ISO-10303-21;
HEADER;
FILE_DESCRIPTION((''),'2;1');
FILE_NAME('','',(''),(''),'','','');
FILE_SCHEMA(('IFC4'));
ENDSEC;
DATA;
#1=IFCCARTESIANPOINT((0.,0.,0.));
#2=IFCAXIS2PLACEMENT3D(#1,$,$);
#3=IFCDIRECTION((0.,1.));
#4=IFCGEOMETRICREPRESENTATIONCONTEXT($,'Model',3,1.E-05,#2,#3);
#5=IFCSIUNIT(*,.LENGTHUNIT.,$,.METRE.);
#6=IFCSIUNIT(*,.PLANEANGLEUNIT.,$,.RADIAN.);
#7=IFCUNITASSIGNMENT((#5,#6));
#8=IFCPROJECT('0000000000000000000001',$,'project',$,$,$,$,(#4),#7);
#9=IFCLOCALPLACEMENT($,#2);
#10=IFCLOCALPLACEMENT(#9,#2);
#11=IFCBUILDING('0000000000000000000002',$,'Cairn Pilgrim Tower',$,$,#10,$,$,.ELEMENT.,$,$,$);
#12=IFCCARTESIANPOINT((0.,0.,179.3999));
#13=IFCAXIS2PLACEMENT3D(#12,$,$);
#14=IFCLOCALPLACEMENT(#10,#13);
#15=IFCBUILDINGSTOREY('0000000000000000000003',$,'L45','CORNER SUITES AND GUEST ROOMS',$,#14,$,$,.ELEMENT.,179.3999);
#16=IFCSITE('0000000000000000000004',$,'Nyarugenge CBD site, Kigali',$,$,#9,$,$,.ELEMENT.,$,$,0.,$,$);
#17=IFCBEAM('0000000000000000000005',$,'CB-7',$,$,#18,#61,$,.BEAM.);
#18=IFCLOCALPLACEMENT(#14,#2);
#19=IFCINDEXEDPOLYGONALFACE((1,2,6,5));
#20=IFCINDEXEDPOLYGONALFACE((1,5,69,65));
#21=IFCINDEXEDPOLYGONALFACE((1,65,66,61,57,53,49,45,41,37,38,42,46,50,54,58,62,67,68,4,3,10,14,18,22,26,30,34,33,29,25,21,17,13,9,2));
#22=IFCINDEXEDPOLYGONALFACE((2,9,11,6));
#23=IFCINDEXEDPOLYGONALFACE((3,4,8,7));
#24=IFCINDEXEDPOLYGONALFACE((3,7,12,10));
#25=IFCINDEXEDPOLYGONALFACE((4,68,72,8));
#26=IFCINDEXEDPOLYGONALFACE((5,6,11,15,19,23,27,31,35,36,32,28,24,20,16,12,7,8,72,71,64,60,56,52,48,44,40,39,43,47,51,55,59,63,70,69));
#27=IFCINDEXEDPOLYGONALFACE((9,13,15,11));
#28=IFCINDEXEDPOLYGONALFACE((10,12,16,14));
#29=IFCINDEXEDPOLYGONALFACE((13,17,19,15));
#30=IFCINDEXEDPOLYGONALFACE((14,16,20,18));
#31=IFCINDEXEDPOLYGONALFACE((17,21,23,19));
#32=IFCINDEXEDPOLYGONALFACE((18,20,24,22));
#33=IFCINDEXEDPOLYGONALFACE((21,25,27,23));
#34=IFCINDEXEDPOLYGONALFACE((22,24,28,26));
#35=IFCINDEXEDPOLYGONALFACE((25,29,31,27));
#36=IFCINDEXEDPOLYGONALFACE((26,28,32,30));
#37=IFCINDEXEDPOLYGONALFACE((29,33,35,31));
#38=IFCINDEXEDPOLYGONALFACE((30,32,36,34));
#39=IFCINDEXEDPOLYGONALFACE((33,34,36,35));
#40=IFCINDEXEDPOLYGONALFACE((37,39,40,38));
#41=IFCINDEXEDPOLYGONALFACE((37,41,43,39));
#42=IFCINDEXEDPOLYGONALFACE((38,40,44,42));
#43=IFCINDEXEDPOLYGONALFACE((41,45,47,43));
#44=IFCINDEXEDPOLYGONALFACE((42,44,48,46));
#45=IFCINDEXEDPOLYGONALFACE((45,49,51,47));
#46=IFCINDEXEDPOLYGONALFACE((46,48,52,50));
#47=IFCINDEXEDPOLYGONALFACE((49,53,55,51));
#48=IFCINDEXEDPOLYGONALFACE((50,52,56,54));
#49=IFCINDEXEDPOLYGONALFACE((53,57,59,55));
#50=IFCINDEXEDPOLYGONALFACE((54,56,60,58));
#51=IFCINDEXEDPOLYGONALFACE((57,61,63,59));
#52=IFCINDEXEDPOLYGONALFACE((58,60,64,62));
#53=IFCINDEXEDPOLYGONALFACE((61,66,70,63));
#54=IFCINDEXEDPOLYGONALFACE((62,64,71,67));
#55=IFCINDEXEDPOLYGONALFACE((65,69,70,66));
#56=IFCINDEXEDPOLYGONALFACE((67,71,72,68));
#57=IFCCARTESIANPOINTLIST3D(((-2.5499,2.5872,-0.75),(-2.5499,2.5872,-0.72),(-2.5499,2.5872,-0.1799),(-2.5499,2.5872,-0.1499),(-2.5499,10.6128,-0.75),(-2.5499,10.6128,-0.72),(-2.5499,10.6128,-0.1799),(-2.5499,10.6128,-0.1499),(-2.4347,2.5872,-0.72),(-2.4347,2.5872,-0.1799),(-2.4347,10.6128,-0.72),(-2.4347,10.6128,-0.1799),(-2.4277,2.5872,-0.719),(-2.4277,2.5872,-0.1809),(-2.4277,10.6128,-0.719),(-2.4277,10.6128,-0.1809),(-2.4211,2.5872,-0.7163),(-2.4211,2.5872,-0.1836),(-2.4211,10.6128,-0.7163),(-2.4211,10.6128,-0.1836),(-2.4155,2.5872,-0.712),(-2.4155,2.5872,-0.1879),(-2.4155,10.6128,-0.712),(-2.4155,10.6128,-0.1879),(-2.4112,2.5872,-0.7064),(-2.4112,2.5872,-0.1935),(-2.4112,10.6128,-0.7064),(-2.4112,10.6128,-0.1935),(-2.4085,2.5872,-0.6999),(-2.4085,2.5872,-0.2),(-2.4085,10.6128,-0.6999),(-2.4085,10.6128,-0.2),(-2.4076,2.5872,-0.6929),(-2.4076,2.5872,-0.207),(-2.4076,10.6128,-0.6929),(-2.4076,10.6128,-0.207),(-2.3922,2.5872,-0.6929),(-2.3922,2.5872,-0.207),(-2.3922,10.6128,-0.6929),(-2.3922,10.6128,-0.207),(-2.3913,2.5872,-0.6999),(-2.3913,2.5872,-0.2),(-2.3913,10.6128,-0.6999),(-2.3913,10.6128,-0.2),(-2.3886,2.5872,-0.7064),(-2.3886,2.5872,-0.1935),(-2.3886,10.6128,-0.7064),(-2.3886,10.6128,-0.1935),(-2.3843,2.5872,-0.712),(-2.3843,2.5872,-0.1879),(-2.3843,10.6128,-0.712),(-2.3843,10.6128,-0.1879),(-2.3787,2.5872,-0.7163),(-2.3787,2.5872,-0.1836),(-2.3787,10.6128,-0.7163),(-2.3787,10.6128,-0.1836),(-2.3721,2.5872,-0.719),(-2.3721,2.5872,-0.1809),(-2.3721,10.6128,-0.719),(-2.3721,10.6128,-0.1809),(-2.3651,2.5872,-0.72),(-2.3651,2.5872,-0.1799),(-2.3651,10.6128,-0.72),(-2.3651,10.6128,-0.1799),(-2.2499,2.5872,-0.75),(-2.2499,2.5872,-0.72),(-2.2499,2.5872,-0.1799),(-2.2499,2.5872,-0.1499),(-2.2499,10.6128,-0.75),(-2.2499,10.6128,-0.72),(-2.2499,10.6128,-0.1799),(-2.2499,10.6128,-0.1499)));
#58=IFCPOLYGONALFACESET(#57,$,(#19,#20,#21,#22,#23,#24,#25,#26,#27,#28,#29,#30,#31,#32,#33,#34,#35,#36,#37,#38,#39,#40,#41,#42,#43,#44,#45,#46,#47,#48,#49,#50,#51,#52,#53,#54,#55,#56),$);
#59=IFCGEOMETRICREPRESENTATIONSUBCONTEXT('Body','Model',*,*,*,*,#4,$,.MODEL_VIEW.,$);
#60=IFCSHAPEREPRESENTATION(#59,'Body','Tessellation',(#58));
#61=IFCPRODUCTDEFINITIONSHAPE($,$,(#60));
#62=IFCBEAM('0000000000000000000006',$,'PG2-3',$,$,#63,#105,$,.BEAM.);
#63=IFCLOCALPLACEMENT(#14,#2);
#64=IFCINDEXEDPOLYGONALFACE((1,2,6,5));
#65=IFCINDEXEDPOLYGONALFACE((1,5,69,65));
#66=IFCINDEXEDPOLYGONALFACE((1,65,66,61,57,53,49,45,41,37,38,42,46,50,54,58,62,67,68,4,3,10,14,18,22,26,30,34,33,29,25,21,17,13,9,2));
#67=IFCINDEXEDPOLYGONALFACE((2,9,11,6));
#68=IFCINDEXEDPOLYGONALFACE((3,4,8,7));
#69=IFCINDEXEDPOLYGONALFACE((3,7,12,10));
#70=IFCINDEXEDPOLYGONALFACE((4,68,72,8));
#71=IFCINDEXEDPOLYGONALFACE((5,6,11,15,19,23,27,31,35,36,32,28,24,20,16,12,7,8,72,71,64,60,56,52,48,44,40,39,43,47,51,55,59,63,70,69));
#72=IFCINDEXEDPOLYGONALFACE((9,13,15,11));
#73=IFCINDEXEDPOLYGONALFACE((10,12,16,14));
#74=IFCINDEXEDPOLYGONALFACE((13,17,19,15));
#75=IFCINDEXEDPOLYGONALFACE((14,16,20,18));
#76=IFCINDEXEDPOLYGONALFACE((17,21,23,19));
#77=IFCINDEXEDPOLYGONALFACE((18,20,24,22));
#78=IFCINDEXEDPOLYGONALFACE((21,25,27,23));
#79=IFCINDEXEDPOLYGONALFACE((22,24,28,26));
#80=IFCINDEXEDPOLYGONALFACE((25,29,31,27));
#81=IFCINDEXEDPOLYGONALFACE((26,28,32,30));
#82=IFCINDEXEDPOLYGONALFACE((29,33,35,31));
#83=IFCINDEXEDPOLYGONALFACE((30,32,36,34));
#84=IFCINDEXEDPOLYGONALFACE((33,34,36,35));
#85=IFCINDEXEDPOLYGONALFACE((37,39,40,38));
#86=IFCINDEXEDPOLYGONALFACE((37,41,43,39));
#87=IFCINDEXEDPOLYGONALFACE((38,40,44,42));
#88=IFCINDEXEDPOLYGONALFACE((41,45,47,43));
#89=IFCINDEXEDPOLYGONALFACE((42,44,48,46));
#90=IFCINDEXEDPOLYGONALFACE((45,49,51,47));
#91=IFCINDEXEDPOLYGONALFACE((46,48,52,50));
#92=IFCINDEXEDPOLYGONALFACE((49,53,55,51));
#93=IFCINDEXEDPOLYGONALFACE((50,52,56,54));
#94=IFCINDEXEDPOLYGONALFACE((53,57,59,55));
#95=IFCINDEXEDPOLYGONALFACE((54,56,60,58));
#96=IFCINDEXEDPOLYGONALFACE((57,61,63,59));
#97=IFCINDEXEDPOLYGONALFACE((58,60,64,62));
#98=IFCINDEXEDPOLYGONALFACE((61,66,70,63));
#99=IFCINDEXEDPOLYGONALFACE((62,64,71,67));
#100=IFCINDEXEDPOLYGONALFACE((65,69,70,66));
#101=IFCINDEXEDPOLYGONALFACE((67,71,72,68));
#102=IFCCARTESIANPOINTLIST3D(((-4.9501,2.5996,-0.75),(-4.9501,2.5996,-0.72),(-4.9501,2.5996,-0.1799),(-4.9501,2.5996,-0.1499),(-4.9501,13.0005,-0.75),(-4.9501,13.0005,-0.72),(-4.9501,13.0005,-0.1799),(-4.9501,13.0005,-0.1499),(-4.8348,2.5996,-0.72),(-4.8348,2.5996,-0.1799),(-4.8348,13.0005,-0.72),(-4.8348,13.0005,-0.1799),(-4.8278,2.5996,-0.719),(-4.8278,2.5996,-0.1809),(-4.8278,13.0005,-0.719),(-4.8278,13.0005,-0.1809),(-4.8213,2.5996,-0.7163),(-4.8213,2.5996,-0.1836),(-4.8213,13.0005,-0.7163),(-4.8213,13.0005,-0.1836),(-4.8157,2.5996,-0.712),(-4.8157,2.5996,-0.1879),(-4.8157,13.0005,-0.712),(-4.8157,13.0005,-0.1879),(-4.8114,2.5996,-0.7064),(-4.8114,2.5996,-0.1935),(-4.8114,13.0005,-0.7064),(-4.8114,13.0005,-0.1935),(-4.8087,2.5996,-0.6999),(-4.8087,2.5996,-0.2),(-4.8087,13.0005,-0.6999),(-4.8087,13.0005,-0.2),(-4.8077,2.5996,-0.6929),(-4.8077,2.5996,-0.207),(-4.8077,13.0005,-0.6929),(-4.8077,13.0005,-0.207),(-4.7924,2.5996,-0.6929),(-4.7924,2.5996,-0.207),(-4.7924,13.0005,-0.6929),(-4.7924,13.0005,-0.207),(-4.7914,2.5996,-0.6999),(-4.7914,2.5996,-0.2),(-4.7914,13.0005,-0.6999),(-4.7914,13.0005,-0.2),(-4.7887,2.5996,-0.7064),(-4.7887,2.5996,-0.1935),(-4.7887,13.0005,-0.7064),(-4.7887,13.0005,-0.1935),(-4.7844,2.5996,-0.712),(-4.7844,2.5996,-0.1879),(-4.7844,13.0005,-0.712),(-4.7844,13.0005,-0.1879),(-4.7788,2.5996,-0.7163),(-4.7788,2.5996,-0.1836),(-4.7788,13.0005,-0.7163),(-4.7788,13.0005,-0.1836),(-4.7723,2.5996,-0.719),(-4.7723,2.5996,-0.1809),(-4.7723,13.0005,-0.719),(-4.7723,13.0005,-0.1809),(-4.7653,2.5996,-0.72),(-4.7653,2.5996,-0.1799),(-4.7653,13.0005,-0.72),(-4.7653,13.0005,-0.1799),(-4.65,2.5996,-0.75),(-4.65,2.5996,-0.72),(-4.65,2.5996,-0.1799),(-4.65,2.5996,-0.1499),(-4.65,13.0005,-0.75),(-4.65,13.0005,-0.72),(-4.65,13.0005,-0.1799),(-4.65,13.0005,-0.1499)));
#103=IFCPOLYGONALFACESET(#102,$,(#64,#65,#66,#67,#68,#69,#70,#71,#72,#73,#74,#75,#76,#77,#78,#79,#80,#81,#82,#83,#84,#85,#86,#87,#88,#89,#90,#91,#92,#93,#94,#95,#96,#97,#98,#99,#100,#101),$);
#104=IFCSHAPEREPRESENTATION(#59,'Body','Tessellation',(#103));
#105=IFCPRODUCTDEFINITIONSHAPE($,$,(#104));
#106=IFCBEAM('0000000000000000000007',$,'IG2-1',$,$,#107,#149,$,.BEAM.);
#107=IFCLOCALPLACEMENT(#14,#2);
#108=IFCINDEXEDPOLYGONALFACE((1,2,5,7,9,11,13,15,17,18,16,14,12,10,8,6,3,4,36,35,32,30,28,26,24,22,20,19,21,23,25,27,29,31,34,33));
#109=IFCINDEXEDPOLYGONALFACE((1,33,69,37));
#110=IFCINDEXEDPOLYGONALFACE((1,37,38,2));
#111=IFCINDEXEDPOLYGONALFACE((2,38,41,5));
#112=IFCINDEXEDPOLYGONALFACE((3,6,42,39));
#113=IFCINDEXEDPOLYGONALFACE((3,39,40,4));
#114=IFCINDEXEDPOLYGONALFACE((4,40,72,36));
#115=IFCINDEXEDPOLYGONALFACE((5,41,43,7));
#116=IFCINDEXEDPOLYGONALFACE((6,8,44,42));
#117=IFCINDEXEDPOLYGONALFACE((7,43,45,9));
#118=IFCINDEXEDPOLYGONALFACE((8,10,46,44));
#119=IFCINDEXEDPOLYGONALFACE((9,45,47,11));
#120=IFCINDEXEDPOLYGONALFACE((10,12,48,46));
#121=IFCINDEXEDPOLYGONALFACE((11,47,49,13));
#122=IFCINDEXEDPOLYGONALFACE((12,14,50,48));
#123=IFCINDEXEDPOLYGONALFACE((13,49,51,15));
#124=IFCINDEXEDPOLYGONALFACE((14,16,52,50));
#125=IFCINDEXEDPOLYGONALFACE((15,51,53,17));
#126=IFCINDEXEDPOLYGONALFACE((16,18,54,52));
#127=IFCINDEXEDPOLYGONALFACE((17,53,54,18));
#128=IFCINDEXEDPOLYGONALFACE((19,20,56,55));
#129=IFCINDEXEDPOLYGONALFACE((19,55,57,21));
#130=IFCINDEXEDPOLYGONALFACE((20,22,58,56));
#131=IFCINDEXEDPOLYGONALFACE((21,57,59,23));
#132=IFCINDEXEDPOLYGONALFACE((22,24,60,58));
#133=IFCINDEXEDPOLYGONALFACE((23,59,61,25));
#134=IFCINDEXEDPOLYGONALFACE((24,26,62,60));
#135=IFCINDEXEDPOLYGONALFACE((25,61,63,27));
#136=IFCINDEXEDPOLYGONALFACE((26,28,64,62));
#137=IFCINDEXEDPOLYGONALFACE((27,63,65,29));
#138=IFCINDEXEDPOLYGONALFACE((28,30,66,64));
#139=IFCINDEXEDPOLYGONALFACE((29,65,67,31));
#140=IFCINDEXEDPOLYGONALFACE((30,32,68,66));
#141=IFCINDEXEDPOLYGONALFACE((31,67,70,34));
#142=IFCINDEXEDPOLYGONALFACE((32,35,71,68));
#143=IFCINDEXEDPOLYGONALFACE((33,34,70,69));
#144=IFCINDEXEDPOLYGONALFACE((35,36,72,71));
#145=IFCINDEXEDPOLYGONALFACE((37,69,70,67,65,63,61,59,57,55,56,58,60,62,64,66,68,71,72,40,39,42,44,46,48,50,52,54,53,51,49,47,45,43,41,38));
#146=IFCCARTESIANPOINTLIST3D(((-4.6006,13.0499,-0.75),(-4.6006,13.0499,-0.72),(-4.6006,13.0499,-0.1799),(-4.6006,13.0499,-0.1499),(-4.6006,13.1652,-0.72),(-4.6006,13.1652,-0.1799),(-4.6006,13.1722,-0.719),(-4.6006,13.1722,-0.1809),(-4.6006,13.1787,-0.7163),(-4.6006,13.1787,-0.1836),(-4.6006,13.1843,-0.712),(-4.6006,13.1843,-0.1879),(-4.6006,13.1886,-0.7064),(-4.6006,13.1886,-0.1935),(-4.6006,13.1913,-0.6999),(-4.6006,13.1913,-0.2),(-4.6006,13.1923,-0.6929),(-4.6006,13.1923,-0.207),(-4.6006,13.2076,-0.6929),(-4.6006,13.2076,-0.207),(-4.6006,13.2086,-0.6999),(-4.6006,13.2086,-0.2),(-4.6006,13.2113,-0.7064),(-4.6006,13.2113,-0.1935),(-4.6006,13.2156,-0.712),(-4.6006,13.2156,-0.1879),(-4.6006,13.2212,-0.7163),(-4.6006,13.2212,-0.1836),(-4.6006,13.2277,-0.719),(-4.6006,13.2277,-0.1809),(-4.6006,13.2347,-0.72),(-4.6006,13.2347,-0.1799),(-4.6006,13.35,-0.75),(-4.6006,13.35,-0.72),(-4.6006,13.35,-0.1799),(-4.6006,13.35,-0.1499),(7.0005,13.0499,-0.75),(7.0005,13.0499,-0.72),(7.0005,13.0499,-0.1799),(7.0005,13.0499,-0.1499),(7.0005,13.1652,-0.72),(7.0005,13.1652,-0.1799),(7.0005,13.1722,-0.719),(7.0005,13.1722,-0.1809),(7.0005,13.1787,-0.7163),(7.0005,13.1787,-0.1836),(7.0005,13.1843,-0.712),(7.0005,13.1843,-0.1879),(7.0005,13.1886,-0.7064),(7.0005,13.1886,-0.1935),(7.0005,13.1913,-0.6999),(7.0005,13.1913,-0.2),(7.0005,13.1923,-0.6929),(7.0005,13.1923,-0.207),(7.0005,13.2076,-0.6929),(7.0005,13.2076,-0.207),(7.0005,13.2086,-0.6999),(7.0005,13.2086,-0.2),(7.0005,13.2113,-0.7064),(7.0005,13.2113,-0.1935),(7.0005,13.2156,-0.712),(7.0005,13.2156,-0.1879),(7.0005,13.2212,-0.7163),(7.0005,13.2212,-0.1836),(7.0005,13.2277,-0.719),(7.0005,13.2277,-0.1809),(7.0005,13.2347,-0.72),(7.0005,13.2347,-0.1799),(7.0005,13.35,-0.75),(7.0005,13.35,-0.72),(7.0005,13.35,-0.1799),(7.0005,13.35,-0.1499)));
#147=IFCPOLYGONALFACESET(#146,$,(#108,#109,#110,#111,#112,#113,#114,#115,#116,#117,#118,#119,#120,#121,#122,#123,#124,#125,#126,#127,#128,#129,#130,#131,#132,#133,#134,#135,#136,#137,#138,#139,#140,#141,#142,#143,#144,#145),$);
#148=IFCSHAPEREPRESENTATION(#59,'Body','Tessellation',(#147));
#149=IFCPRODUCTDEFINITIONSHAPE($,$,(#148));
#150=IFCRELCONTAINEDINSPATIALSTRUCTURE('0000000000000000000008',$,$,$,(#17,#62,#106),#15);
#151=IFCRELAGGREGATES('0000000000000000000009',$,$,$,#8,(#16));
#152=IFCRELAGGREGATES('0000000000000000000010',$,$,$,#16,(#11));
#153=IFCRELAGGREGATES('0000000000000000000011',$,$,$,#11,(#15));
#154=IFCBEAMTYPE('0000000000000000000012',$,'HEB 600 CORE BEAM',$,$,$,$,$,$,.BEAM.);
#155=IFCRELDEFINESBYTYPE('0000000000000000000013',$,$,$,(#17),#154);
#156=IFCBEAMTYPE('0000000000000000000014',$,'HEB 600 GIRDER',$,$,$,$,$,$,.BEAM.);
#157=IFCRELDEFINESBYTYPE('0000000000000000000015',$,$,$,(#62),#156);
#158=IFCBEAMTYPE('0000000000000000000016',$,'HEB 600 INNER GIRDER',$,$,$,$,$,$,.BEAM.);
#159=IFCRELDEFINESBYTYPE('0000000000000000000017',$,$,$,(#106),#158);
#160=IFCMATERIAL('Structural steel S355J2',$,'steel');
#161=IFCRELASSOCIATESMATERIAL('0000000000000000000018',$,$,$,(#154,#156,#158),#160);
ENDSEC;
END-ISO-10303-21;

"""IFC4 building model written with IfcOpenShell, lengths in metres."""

from ifc_helpers import new_model, si_unit, direction, frame, origin, origin_2d, place, context, subcontext, project, spatial, i_section, extrude, material, material_profile, profile_set, type_object, element, save


model = new_model("IFC4")

# Units and contexts
model_context = context("Model", 3, precision=1e-05, world=origin(), true_north=direction((0.0, 1.0)))
body_context = subcontext(model_context, "Body", "Model", "MODEL_VIEW")
ifc_project = project(units=[si_unit("LENGTHUNIT", "METRE"), si_unit("PLANEANGLEUNIT", "RADIAN")], contexts=[model_context])

# Site, building, storey
site_placement = place(None, origin())
site = spatial("IfcSite", under=ifc_project, at=site_placement, Name="Nyarugenge CBD site, Kigali", CompositionType="ELEMENT", RefElevation=0.0)
building_placement = place(site_placement, origin())
building = spatial("IfcBuilding", under=site, at=building_placement, Name="Cairn Pilgrim Tower", CompositionType="ELEMENT")
storey_placement = place(building_placement, frame((0.0, 0.0, 179.3999)))
storey = spatial("IfcBuildingStorey", under=building, at=storey_placement, Name="L45", Description="CORNER SUITES AND GUEST ROOMS", CompositionType="ELEMENT", Elevation=179.3999)

# Shared definitions
ifc_material_1 = material(Name="Structural steel S355J2", Category="steel")

# Beams
ifc_material_profile_1 = material_profile(ifc_material_1, i_section(OverallWidth=0.3, OverallDepth=0.6001, WebThickness=0.0154, FlangeThickness=0.03, FilletRadius=0.0271, at=origin_2d()), Name="HEB 600")
ifc_profile_set_1 = profile_set([ifc_material_profile_1], Name="Structural steel S355J2")
beam_type_1 = type_object("IfcBeamType", Name="HEB 600 CORE BEAM", PredefinedType="BEAM", material=ifc_profile_set_1)
beam_1_placement = place(storey_placement, frame((-2.3999, 10.6128, -0.45), z_axis=(0.0, -1.0, 0.0), x_axis=(1.0, 0.0, 0.0)))
element("IfcBeam", 1, at=beam_1_placement, inside=storey, type_object=beam_type_1, Name="CB-7", PredefinedType="BEAM", context=body_context, shape_type="SweptSolid", body=[
    extrude(i_section(OverallWidth=0.3, OverallDepth=0.6001, WebThickness=0.0154, FlangeThickness=0.03, FilletRadius=0.0271, at=origin_2d()), origin(), (0.0, 0.0, 1.0), 8.0256),
])
ifc_material_profile_2 = material_profile(ifc_material_1, i_section(OverallWidth=0.3, OverallDepth=0.6001, WebThickness=0.0154, FlangeThickness=0.03, FilletRadius=0.0271, at=origin_2d()), Name="HEB 600")
ifc_profile_set_2 = profile_set([ifc_material_profile_2], Name="Structural steel S355J2")
beam_type_2 = type_object("IfcBeamType", Name="HEB 600 GIRDER", PredefinedType="BEAM", material=ifc_profile_set_2)
beam_2_placement = place(storey_placement, frame((-4.8, 2.5996, -0.45), z_axis=(0.0, 1.0, 0.0), x_axis=(-1.0, 0.0, 0.0)))
element("IfcBeam", 2, at=beam_2_placement, inside=storey, type_object=beam_type_2, Name="PG2-3", PredefinedType="BEAM", context=body_context, shape_type="SweptSolid", body=[
    extrude(i_section(OverallWidth=0.3, OverallDepth=0.6001, WebThickness=0.0154, FlangeThickness=0.03, FilletRadius=0.0271, at=origin_2d()), origin(), (0.0, 0.0, 1.0), 10.4009),
])
ifc_material_profile_3 = material_profile(ifc_material_1, i_section(OverallWidth=0.3, OverallDepth=0.6001, WebThickness=0.0154, FlangeThickness=0.03, FilletRadius=0.0271, at=origin_2d()), Name="HEB 600")
ifc_profile_set_3 = profile_set([ifc_material_profile_3], Name="Structural steel S355J2")
beam_type_3 = type_object("IfcBeamType", Name="HEB 600 INNER GIRDER", PredefinedType="BEAM", material=ifc_profile_set_3)
beam_3_placement = place(storey_placement, frame((-4.6006, 13.2, -0.45), z_axis=(1.0, 0.0, 0.0), x_axis=(0.0, 1.0, 0.0)))
element("IfcBeam", 3, at=beam_3_placement, inside=storey, type_object=beam_type_3, Name="IG2-1", PredefinedType="BEAM", context=body_context, shape_type="SweptSolid", body=[
    extrude(i_section(OverallWidth=0.3, OverallDepth=0.6001, WebThickness=0.0154, FlangeThickness=0.03, FilletRadius=0.0271, at=origin_2d()), origin(), (0.0, 0.0, 1.0), 11.6011),
])

save(model, "model.ifc")
